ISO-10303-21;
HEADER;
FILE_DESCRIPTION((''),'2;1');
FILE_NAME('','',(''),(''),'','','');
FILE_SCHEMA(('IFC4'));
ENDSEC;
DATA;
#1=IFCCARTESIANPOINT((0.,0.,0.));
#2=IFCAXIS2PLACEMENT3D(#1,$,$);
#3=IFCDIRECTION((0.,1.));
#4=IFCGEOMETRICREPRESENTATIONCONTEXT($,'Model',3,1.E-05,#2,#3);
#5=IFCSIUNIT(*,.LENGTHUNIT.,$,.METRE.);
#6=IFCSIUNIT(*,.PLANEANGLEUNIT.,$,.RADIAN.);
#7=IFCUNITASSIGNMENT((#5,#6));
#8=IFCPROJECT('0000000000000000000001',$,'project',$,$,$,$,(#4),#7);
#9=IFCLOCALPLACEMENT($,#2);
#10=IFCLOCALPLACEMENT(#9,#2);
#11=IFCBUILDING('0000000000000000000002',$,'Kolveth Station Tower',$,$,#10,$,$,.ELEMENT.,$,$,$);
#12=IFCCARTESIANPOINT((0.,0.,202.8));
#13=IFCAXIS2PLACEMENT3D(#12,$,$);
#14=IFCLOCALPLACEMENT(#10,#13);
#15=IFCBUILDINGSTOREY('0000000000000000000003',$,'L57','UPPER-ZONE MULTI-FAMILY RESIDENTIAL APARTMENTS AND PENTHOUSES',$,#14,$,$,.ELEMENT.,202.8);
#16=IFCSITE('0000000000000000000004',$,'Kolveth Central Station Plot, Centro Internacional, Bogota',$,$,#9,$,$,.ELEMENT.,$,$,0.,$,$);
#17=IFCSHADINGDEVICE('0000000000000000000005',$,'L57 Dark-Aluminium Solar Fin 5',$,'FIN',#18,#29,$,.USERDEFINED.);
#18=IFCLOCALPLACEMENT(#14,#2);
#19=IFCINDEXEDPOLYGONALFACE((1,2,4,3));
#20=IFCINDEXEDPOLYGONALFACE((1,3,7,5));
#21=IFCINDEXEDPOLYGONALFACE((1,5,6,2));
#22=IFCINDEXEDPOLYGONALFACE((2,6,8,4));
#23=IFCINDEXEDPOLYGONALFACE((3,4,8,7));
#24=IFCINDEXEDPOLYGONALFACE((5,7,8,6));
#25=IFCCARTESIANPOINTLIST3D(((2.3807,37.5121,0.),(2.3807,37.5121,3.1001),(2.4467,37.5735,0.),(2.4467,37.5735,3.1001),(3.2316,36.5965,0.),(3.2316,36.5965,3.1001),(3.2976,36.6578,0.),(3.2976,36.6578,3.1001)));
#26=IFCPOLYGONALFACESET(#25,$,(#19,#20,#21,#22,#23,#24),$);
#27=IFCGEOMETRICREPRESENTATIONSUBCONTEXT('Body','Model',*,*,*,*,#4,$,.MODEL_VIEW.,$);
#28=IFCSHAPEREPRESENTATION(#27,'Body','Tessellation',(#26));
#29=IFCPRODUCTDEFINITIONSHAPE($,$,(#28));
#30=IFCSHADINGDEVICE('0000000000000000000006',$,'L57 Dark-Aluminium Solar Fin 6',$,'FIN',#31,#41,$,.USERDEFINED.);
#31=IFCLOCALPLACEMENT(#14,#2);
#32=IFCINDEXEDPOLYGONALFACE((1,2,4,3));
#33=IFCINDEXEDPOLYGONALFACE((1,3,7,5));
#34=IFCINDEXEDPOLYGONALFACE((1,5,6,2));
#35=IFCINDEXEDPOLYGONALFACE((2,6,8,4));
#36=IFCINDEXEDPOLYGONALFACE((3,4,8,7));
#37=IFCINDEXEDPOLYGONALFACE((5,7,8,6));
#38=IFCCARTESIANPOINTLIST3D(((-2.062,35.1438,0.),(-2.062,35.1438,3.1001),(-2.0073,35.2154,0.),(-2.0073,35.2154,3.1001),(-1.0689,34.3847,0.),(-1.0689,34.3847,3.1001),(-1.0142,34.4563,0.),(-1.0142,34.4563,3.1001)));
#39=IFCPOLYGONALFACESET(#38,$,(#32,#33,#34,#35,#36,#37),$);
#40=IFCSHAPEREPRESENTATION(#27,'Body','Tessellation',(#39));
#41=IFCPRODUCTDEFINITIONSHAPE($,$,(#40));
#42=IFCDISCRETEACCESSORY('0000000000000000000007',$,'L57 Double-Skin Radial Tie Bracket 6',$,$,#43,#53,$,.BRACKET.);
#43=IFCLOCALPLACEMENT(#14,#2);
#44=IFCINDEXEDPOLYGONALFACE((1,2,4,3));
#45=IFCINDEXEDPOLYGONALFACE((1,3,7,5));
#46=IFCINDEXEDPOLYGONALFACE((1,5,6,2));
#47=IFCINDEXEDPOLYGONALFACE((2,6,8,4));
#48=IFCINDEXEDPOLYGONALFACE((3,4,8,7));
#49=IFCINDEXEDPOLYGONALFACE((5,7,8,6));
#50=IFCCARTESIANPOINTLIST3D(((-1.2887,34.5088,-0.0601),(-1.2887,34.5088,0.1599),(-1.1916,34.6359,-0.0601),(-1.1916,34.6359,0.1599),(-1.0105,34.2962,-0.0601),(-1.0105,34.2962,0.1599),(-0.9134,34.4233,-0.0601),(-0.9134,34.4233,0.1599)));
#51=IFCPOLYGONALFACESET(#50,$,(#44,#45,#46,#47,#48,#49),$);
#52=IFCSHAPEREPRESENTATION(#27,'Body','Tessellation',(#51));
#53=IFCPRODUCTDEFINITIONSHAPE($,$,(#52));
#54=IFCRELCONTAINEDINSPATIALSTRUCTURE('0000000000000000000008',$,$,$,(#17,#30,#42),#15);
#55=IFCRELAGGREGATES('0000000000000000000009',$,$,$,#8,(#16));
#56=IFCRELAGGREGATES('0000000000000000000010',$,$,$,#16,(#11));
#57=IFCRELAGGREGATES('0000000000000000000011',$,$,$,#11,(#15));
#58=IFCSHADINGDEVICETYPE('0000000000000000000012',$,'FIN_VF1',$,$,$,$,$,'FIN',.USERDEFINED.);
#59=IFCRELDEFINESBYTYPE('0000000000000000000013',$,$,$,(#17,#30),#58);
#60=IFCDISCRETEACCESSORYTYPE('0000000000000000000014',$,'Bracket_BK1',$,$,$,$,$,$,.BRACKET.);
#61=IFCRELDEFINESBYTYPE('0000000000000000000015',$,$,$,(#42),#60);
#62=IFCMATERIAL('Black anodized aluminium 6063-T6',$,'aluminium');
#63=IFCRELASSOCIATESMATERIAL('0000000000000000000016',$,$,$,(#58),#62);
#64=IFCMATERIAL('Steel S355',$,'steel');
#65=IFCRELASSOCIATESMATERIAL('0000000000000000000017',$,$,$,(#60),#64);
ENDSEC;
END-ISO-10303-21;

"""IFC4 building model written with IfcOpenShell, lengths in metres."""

from ifc_helpers import new_model, si_unit, direction, frame, origin, origin_2d, place, context, subcontext, project, spatial, rectangle, extrude, source, transform, mapped, material, type_object, element, save


model = new_model("IFC4")

# Units and contexts
model_context = context("Model", 3, precision=1e-05, world=origin(), true_north=direction((0.0, 1.0)))
body_context = subcontext(model_context, "Body", "Model", "MODEL_VIEW")
ifc_project = project(units=[si_unit("LENGTHUNIT", "METRE"), si_unit("PLANEANGLEUNIT", "RADIAN")], contexts=[model_context])

# Site, building, storey
site_placement = place(None, origin())
site = spatial("IfcSite", under=ifc_project, at=site_placement, Name="Kolveth Central Station Plot, Centro Internacional, Bogota", CompositionType="ELEMENT", RefElevation=0.0)
building_placement = place(site_placement, origin())
building = spatial("IfcBuilding", under=site, at=building_placement, Name="Kolveth Station Tower", CompositionType="ELEMENT")
storey_placement = place(building_placement, frame((0.0, 0.0, 202.8)))
storey = spatial("IfcBuildingStorey", under=building, at=storey_placement, Name="L57", Description="UPPER-ZONE MULTI-FAMILY RESIDENTIAL APARTMENTS AND PENTHOUSES", CompositionType="ELEMENT", Elevation=202.8)

# Shared definitions
ifc_material_1 = material(Name="Black anodized aluminium 6063-T6", Category="aluminium")

# Shading devices
shading_device_type = type_object("IfcShadingDeviceType", Name="FIN_VF1", ElementType="FIN", PredefinedType="USERDEFINED", material=ifc_material_1)
shared_shape_1 = source(origin(), body_context, "Body", "SweptSolid", [
    extrude(rectangle(XDim=1.25, YDim=0.0901, at=origin_2d()), origin(), (0.0, 0.0, 1.0), 3.1001),
])
for number, where, z_axis, x_axis, name in (
    (1, (2.8391, 37.085, 0.0), (0.0, 0.0, 1.0), (-0.680721, 0.732543, 0.0), "L57 Dark-Aluminium Solar Fin 5"),
    (2, (-1.5381, 34.8, 0.0), (0.0, 0.0, 1.0), (-0.794521, 0.607237, 0.0), "L57 Dark-Aluminium Solar Fin 6"),
):
    element("IfcShadingDevice", number, at=place(storey_placement, frame(where, z_axis=z_axis, x_axis=x_axis)), inside=storey, type_object=shading_device_type, Name=name, ObjectType="FIN", PredefinedType="USERDEFINED", context=body_context, shape_type="MappedRepresentation", body=[
        mapped(shared_shape_1, transform((0.0, 0.0, 0.0), x_axis=(1.0, 0.0, 0.0), y_axis=(0.0, 1.0, 0.0), z_axis=(0.0, 0.0, 1.0), scale=1.0)),
    ])

# Discrete accessory
ifc_material_2 = material(Name="Steel S355", Category="steel")
discrete_accessory_type = type_object("IfcDiscreteAccessoryType", Name="Bracket_BK1", PredefinedType="BRACKET", material=ifc_material_2)
shared_shape_2 = source(origin(), body_context, "Body", "SweptSolid", [
    extrude(rectangle(XDim=0.3501, YDim=0.1599, at=origin_2d()), origin(), (0.0, 0.0, 1.0), 0.22),
])
discrete_accessory_placement = place(storey_placement, frame((-1.1011, 34.4661, -0.0601), z_axis=(0.0, 0.0, 1.0), x_axis=(-0.794521, 0.607237, 0.0)))
element("IfcDiscreteAccessory", 3, at=discrete_accessory_placement, inside=storey, type_object=discrete_accessory_type, Name="L57 Double-Skin Radial Tie Bracket 6", PredefinedType="BRACKET", context=body_context, shape_type="MappedRepresentation", body=[
    mapped(shared_shape_2, transform((0.0, 0.0, 0.0), x_axis=(1.0, 0.0, 0.0), y_axis=(0.0, 1.0, 0.0), z_axis=(0.0, 0.0, 1.0), scale=1.0)),
])

save(model, "model.ifc")
